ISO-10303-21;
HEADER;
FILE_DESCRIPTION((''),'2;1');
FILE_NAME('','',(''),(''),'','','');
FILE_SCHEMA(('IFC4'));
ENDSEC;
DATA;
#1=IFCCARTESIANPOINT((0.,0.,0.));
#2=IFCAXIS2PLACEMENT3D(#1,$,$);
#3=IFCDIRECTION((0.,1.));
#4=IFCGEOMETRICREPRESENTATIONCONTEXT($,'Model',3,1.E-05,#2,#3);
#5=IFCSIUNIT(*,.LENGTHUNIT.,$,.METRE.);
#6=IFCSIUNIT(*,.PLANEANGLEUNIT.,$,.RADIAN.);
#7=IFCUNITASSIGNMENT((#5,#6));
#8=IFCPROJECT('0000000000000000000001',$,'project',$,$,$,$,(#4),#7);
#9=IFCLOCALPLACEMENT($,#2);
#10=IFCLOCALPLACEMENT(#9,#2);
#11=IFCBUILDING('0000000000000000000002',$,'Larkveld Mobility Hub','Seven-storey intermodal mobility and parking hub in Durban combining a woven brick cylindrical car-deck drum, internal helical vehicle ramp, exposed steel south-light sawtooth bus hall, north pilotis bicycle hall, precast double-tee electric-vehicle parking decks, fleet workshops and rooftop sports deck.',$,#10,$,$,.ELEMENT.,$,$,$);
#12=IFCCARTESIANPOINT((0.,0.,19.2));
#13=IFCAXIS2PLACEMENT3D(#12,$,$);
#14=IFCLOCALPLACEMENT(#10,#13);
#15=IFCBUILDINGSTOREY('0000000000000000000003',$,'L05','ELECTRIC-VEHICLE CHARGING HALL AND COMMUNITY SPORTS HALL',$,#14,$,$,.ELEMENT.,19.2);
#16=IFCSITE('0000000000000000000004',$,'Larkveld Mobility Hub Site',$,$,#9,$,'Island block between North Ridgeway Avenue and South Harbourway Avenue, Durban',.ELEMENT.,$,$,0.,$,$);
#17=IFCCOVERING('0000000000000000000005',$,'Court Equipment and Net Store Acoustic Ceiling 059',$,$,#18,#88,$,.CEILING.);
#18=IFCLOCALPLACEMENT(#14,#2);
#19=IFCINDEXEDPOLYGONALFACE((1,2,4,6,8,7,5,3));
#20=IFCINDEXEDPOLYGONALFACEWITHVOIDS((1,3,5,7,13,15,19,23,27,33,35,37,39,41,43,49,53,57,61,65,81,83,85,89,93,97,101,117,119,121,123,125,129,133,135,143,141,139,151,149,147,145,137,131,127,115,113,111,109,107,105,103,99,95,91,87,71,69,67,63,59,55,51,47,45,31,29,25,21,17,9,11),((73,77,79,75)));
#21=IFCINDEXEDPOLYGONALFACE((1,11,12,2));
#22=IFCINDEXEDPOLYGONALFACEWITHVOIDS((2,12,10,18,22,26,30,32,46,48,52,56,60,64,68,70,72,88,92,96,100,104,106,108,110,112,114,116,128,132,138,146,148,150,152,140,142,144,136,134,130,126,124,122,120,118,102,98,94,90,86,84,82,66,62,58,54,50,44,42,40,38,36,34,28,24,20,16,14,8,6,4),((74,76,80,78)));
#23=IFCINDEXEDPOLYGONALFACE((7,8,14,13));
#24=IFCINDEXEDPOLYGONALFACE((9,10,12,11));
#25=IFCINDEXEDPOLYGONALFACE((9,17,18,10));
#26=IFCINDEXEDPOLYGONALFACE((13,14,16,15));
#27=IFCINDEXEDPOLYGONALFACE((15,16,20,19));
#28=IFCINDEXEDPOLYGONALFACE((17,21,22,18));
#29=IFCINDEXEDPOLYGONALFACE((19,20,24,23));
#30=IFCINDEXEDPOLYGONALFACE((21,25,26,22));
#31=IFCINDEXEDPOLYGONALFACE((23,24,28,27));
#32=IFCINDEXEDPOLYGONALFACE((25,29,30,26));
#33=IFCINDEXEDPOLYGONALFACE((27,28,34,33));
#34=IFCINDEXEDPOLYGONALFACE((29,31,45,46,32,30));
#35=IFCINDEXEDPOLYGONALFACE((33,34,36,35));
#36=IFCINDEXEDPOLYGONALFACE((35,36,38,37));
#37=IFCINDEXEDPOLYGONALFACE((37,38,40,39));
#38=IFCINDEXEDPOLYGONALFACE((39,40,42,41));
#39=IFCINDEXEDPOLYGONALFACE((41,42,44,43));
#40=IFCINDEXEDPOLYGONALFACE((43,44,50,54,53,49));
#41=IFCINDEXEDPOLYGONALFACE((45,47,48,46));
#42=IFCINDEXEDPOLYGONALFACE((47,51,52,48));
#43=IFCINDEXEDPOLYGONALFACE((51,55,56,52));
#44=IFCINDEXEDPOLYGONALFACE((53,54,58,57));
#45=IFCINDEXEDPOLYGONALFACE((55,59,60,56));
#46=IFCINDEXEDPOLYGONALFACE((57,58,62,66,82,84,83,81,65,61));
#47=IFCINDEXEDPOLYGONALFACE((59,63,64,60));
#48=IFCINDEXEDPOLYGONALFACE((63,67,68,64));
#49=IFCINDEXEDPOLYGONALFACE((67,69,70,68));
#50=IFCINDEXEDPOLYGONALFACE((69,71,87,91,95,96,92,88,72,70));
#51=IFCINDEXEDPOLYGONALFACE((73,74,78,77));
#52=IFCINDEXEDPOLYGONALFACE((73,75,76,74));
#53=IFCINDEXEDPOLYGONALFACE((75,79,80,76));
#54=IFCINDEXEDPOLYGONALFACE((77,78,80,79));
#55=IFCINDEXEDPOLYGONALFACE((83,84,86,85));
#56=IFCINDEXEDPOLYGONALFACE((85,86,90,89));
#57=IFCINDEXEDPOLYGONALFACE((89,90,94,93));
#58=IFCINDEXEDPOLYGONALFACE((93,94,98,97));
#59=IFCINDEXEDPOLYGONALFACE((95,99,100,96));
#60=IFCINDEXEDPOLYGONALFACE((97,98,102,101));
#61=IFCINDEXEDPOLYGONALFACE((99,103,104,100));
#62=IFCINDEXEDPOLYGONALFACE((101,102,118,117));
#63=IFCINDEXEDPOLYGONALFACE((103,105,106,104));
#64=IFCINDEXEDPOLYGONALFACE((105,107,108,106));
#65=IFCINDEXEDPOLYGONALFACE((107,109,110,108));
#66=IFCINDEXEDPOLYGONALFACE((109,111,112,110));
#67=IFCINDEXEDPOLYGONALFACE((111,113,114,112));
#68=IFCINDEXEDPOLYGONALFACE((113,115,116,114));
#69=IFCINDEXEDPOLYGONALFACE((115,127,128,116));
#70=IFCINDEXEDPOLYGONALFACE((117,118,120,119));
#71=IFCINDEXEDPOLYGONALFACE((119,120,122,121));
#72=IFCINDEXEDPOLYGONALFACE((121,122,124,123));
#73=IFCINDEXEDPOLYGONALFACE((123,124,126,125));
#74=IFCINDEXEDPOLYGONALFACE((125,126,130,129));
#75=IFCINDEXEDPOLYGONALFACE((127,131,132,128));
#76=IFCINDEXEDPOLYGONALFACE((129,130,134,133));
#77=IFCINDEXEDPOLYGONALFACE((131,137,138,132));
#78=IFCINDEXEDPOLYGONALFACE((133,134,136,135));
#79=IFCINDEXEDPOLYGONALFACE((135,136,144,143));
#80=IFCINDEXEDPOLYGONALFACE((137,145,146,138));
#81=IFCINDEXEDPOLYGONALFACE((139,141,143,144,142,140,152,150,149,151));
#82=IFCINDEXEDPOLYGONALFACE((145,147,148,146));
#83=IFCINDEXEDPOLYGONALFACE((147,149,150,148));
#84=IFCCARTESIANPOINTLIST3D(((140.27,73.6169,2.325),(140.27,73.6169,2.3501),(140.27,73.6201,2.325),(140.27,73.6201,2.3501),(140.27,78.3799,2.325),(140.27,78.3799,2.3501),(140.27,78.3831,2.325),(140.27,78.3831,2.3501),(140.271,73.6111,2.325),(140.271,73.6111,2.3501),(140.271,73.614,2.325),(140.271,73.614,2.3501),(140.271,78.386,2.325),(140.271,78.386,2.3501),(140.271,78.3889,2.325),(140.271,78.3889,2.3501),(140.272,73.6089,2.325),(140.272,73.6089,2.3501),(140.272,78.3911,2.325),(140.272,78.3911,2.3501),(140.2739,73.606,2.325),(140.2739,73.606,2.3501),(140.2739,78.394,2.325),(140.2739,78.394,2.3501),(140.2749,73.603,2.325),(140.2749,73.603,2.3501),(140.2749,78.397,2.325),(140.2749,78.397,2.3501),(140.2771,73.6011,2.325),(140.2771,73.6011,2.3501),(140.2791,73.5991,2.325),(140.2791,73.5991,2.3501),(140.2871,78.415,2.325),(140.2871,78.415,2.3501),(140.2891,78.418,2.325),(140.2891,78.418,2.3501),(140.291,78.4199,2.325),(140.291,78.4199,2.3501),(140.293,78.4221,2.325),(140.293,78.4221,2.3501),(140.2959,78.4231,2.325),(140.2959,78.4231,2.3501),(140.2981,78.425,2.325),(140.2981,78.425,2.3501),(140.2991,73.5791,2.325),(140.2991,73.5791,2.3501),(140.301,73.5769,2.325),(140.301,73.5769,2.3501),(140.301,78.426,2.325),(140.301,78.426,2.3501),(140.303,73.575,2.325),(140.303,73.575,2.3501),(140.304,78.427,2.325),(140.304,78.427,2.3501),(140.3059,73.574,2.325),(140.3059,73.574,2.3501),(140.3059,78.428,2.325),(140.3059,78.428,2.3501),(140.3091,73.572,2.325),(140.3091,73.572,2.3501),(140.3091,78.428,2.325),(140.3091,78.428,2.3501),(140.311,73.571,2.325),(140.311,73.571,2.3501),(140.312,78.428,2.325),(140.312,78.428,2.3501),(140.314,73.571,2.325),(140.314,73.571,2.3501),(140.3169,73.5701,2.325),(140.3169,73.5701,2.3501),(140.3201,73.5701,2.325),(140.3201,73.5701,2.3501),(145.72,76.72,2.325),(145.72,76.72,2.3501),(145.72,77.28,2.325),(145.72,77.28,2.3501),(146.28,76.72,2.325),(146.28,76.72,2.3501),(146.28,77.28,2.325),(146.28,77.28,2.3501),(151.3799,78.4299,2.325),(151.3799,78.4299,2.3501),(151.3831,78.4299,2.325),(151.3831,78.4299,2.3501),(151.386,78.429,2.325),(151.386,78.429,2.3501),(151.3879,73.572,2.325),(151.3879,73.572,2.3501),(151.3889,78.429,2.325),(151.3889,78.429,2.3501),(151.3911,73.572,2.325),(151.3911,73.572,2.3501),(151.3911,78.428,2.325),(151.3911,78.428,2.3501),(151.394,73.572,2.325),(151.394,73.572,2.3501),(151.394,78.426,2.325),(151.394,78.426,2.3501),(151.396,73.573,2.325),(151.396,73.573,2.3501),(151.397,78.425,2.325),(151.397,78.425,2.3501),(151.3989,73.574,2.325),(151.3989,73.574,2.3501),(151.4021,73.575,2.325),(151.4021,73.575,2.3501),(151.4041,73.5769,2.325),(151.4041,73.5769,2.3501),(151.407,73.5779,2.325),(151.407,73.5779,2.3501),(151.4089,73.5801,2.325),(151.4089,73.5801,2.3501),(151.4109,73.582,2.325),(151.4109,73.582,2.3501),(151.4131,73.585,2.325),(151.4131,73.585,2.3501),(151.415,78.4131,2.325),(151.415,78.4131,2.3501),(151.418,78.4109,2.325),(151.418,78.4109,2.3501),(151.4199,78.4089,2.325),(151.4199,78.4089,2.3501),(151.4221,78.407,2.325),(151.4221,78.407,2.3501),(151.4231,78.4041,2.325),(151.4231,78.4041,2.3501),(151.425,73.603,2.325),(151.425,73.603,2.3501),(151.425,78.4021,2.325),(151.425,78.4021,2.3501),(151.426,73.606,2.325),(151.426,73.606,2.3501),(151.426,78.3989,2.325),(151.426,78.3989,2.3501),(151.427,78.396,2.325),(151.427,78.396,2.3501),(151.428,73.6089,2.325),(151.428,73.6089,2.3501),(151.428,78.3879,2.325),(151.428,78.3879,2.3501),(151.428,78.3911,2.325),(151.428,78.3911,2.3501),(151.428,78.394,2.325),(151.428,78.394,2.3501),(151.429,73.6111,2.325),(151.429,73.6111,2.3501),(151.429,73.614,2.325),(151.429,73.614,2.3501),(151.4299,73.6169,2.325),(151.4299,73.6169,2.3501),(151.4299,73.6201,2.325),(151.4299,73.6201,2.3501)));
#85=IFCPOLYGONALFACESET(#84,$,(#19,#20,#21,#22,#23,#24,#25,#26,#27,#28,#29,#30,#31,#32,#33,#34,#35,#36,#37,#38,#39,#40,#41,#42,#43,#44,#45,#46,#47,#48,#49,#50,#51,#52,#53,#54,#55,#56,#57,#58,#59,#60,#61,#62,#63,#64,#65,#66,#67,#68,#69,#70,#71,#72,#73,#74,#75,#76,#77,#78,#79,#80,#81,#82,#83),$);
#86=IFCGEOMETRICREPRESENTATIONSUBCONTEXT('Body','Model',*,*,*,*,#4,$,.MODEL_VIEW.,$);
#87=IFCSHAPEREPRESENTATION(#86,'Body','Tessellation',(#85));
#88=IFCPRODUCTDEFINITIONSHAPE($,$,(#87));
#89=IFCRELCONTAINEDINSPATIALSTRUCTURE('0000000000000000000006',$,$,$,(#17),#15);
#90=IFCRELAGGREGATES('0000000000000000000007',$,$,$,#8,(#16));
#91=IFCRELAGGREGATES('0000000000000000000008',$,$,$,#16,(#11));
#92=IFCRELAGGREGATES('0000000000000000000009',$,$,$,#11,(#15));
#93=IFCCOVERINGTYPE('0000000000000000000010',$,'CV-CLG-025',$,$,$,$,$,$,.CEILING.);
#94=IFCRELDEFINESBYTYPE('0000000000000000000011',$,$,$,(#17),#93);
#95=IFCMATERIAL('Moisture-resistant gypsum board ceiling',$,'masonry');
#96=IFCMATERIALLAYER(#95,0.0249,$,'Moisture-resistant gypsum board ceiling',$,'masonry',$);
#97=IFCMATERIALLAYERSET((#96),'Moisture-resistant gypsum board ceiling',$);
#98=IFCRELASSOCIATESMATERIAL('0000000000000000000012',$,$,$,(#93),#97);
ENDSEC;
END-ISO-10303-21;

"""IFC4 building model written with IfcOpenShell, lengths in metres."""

from ifc_helpers import new_model, si_unit, direction, frame, origin, place, context, subcontext, project, spatial, polyline, outline, extrude, material, layer, layer_set, type_object, element, save


model = new_model("IFC4")

# Units and contexts
model_context = context("Model", 3, precision=1e-05, world=origin(), true_north=direction((0.0, 1.0)))
body_context = subcontext(model_context, "Body", "Model", "MODEL_VIEW")
ifc_project = project(units=[si_unit("LENGTHUNIT", "METRE"), si_unit("PLANEANGLEUNIT", "RADIAN")], contexts=[model_context])

# Site, building, storey
site_placement = place(None, origin())
site = spatial("IfcSite", under=ifc_project, at=site_placement, Name="Larkveld Mobility Hub Site", LongName="Island block between North Ridgeway Avenue and South Harbourway Avenue, Durban", CompositionType="ELEMENT", RefElevation=0.0)
building_placement = place(site_placement, origin())
building = spatial("IfcBuilding", under=site, at=building_placement, Name="Larkveld Mobility Hub", Description="Seven-storey intermodal mobility and parking hub in Durban combining a woven brick cylindrical car-deck drum, internal helical vehicle ramp, exposed steel south-light sawtooth bus hall, north pilotis bicycle hall, precast double-tee electric-vehicle parking decks, fleet workshops and rooftop sports deck.", CompositionType="ELEMENT")
storey_placement = place(building_placement, frame((0.0, 0.0, 19.2)))
storey = spatial("IfcBuildingStorey", under=building, at=storey_placement, Name="L05", Description="ELECTRIC-VEHICLE CHARGING HALL AND COMMUNITY SPORTS HALL", CompositionType="ELEMENT", Elevation=19.2)

# Covering
ifc_material_1 = material(Name="Moisture-resistant gypsum board ceiling", Category="masonry")
ifc_layer_1 = layer(ifc_material_1, 0.0249, Name="Moisture-resistant gypsum board ceiling", Category="masonry")
ifc_layer_set_1 = layer_set([ifc_layer_1], Name="Moisture-resistant gypsum board ceiling")
covering_type_1 = type_object("IfcCoveringType", Name="CV-CLG-025", PredefinedType="CEILING", material=ifc_layer_set_1)
covering_1_placement = place(storey_placement, frame((0.0, 0.0, 2.325)))
element("IfcCovering", 1, at=covering_1_placement, inside=storey, type_object=covering_type_1, Name="Court Equipment and Net Store Acoustic Ceiling 059", PredefinedType="CEILING", context=body_context, shape_type="SweptSolid", body=[
    extrude(outline(polyline([(140.3169, 73.5701), (140.314, 73.571), (140.311, 73.571), (140.3091, 73.572), (140.3059, 73.574), (140.303, 73.575), (140.301, 73.5769), (140.2991, 73.5791), (140.2791, 73.5991), (140.2771, 73.6011), (140.2749, 73.603), (140.2739, 73.606), (140.272, 73.6089), (140.271, 73.6111), (140.271, 73.614), (140.27, 73.6169), (140.27, 73.6201), (140.27, 78.3799), (140.27, 78.3831), (140.271, 78.386), (140.271, 78.3889), (140.272, 78.3911), (140.2739, 78.394), (140.2749, 78.397), (140.2871, 78.415), (140.2891, 78.418), (140.291, 78.4199), (140.293, 78.4221), (140.2959, 78.4231), (140.2981, 78.425), (140.301, 78.426), (140.304, 78.427), (140.3059, 78.428), (140.3091, 78.428), (140.312, 78.428), (151.3799, 78.4299), (151.3831, 78.4299), (151.386, 78.429), (151.3889, 78.429), (151.3911, 78.428), (151.394, 78.426), (151.397, 78.425), (151.415, 78.4131), (151.418, 78.4109), (151.4199, 78.4089), (151.4221, 78.407), (151.4231, 78.4041), (151.425, 78.4021), (151.426, 78.3989), (151.427, 78.396), (151.428, 78.394), (151.428, 78.3911), (151.428, 78.3879), (151.4299, 73.6201), (151.4299, 73.6169), (151.429, 73.614), (151.429, 73.6111), (151.428, 73.6089), (151.426, 73.606), (151.425, 73.603), (151.4131, 73.585), (151.4109, 73.582), (151.4089, 73.5801), (151.407, 73.5779), (151.4041, 73.5769), (151.4021, 73.575), (151.3989, 73.574), (151.396, 73.573), (151.394, 73.572), (151.3911, 73.572), (151.3879, 73.572), (140.3201, 73.5701), (140.3169, 73.5701)]), holes=[polyline([(146.28, 76.72), (146.28, 77.28), (145.72, 77.28), (145.72, 76.72), (146.28, 76.72)])]), origin(), (0.0, 0.0, 1.0), 0.0251),
])

save(model, "model.ifc")
